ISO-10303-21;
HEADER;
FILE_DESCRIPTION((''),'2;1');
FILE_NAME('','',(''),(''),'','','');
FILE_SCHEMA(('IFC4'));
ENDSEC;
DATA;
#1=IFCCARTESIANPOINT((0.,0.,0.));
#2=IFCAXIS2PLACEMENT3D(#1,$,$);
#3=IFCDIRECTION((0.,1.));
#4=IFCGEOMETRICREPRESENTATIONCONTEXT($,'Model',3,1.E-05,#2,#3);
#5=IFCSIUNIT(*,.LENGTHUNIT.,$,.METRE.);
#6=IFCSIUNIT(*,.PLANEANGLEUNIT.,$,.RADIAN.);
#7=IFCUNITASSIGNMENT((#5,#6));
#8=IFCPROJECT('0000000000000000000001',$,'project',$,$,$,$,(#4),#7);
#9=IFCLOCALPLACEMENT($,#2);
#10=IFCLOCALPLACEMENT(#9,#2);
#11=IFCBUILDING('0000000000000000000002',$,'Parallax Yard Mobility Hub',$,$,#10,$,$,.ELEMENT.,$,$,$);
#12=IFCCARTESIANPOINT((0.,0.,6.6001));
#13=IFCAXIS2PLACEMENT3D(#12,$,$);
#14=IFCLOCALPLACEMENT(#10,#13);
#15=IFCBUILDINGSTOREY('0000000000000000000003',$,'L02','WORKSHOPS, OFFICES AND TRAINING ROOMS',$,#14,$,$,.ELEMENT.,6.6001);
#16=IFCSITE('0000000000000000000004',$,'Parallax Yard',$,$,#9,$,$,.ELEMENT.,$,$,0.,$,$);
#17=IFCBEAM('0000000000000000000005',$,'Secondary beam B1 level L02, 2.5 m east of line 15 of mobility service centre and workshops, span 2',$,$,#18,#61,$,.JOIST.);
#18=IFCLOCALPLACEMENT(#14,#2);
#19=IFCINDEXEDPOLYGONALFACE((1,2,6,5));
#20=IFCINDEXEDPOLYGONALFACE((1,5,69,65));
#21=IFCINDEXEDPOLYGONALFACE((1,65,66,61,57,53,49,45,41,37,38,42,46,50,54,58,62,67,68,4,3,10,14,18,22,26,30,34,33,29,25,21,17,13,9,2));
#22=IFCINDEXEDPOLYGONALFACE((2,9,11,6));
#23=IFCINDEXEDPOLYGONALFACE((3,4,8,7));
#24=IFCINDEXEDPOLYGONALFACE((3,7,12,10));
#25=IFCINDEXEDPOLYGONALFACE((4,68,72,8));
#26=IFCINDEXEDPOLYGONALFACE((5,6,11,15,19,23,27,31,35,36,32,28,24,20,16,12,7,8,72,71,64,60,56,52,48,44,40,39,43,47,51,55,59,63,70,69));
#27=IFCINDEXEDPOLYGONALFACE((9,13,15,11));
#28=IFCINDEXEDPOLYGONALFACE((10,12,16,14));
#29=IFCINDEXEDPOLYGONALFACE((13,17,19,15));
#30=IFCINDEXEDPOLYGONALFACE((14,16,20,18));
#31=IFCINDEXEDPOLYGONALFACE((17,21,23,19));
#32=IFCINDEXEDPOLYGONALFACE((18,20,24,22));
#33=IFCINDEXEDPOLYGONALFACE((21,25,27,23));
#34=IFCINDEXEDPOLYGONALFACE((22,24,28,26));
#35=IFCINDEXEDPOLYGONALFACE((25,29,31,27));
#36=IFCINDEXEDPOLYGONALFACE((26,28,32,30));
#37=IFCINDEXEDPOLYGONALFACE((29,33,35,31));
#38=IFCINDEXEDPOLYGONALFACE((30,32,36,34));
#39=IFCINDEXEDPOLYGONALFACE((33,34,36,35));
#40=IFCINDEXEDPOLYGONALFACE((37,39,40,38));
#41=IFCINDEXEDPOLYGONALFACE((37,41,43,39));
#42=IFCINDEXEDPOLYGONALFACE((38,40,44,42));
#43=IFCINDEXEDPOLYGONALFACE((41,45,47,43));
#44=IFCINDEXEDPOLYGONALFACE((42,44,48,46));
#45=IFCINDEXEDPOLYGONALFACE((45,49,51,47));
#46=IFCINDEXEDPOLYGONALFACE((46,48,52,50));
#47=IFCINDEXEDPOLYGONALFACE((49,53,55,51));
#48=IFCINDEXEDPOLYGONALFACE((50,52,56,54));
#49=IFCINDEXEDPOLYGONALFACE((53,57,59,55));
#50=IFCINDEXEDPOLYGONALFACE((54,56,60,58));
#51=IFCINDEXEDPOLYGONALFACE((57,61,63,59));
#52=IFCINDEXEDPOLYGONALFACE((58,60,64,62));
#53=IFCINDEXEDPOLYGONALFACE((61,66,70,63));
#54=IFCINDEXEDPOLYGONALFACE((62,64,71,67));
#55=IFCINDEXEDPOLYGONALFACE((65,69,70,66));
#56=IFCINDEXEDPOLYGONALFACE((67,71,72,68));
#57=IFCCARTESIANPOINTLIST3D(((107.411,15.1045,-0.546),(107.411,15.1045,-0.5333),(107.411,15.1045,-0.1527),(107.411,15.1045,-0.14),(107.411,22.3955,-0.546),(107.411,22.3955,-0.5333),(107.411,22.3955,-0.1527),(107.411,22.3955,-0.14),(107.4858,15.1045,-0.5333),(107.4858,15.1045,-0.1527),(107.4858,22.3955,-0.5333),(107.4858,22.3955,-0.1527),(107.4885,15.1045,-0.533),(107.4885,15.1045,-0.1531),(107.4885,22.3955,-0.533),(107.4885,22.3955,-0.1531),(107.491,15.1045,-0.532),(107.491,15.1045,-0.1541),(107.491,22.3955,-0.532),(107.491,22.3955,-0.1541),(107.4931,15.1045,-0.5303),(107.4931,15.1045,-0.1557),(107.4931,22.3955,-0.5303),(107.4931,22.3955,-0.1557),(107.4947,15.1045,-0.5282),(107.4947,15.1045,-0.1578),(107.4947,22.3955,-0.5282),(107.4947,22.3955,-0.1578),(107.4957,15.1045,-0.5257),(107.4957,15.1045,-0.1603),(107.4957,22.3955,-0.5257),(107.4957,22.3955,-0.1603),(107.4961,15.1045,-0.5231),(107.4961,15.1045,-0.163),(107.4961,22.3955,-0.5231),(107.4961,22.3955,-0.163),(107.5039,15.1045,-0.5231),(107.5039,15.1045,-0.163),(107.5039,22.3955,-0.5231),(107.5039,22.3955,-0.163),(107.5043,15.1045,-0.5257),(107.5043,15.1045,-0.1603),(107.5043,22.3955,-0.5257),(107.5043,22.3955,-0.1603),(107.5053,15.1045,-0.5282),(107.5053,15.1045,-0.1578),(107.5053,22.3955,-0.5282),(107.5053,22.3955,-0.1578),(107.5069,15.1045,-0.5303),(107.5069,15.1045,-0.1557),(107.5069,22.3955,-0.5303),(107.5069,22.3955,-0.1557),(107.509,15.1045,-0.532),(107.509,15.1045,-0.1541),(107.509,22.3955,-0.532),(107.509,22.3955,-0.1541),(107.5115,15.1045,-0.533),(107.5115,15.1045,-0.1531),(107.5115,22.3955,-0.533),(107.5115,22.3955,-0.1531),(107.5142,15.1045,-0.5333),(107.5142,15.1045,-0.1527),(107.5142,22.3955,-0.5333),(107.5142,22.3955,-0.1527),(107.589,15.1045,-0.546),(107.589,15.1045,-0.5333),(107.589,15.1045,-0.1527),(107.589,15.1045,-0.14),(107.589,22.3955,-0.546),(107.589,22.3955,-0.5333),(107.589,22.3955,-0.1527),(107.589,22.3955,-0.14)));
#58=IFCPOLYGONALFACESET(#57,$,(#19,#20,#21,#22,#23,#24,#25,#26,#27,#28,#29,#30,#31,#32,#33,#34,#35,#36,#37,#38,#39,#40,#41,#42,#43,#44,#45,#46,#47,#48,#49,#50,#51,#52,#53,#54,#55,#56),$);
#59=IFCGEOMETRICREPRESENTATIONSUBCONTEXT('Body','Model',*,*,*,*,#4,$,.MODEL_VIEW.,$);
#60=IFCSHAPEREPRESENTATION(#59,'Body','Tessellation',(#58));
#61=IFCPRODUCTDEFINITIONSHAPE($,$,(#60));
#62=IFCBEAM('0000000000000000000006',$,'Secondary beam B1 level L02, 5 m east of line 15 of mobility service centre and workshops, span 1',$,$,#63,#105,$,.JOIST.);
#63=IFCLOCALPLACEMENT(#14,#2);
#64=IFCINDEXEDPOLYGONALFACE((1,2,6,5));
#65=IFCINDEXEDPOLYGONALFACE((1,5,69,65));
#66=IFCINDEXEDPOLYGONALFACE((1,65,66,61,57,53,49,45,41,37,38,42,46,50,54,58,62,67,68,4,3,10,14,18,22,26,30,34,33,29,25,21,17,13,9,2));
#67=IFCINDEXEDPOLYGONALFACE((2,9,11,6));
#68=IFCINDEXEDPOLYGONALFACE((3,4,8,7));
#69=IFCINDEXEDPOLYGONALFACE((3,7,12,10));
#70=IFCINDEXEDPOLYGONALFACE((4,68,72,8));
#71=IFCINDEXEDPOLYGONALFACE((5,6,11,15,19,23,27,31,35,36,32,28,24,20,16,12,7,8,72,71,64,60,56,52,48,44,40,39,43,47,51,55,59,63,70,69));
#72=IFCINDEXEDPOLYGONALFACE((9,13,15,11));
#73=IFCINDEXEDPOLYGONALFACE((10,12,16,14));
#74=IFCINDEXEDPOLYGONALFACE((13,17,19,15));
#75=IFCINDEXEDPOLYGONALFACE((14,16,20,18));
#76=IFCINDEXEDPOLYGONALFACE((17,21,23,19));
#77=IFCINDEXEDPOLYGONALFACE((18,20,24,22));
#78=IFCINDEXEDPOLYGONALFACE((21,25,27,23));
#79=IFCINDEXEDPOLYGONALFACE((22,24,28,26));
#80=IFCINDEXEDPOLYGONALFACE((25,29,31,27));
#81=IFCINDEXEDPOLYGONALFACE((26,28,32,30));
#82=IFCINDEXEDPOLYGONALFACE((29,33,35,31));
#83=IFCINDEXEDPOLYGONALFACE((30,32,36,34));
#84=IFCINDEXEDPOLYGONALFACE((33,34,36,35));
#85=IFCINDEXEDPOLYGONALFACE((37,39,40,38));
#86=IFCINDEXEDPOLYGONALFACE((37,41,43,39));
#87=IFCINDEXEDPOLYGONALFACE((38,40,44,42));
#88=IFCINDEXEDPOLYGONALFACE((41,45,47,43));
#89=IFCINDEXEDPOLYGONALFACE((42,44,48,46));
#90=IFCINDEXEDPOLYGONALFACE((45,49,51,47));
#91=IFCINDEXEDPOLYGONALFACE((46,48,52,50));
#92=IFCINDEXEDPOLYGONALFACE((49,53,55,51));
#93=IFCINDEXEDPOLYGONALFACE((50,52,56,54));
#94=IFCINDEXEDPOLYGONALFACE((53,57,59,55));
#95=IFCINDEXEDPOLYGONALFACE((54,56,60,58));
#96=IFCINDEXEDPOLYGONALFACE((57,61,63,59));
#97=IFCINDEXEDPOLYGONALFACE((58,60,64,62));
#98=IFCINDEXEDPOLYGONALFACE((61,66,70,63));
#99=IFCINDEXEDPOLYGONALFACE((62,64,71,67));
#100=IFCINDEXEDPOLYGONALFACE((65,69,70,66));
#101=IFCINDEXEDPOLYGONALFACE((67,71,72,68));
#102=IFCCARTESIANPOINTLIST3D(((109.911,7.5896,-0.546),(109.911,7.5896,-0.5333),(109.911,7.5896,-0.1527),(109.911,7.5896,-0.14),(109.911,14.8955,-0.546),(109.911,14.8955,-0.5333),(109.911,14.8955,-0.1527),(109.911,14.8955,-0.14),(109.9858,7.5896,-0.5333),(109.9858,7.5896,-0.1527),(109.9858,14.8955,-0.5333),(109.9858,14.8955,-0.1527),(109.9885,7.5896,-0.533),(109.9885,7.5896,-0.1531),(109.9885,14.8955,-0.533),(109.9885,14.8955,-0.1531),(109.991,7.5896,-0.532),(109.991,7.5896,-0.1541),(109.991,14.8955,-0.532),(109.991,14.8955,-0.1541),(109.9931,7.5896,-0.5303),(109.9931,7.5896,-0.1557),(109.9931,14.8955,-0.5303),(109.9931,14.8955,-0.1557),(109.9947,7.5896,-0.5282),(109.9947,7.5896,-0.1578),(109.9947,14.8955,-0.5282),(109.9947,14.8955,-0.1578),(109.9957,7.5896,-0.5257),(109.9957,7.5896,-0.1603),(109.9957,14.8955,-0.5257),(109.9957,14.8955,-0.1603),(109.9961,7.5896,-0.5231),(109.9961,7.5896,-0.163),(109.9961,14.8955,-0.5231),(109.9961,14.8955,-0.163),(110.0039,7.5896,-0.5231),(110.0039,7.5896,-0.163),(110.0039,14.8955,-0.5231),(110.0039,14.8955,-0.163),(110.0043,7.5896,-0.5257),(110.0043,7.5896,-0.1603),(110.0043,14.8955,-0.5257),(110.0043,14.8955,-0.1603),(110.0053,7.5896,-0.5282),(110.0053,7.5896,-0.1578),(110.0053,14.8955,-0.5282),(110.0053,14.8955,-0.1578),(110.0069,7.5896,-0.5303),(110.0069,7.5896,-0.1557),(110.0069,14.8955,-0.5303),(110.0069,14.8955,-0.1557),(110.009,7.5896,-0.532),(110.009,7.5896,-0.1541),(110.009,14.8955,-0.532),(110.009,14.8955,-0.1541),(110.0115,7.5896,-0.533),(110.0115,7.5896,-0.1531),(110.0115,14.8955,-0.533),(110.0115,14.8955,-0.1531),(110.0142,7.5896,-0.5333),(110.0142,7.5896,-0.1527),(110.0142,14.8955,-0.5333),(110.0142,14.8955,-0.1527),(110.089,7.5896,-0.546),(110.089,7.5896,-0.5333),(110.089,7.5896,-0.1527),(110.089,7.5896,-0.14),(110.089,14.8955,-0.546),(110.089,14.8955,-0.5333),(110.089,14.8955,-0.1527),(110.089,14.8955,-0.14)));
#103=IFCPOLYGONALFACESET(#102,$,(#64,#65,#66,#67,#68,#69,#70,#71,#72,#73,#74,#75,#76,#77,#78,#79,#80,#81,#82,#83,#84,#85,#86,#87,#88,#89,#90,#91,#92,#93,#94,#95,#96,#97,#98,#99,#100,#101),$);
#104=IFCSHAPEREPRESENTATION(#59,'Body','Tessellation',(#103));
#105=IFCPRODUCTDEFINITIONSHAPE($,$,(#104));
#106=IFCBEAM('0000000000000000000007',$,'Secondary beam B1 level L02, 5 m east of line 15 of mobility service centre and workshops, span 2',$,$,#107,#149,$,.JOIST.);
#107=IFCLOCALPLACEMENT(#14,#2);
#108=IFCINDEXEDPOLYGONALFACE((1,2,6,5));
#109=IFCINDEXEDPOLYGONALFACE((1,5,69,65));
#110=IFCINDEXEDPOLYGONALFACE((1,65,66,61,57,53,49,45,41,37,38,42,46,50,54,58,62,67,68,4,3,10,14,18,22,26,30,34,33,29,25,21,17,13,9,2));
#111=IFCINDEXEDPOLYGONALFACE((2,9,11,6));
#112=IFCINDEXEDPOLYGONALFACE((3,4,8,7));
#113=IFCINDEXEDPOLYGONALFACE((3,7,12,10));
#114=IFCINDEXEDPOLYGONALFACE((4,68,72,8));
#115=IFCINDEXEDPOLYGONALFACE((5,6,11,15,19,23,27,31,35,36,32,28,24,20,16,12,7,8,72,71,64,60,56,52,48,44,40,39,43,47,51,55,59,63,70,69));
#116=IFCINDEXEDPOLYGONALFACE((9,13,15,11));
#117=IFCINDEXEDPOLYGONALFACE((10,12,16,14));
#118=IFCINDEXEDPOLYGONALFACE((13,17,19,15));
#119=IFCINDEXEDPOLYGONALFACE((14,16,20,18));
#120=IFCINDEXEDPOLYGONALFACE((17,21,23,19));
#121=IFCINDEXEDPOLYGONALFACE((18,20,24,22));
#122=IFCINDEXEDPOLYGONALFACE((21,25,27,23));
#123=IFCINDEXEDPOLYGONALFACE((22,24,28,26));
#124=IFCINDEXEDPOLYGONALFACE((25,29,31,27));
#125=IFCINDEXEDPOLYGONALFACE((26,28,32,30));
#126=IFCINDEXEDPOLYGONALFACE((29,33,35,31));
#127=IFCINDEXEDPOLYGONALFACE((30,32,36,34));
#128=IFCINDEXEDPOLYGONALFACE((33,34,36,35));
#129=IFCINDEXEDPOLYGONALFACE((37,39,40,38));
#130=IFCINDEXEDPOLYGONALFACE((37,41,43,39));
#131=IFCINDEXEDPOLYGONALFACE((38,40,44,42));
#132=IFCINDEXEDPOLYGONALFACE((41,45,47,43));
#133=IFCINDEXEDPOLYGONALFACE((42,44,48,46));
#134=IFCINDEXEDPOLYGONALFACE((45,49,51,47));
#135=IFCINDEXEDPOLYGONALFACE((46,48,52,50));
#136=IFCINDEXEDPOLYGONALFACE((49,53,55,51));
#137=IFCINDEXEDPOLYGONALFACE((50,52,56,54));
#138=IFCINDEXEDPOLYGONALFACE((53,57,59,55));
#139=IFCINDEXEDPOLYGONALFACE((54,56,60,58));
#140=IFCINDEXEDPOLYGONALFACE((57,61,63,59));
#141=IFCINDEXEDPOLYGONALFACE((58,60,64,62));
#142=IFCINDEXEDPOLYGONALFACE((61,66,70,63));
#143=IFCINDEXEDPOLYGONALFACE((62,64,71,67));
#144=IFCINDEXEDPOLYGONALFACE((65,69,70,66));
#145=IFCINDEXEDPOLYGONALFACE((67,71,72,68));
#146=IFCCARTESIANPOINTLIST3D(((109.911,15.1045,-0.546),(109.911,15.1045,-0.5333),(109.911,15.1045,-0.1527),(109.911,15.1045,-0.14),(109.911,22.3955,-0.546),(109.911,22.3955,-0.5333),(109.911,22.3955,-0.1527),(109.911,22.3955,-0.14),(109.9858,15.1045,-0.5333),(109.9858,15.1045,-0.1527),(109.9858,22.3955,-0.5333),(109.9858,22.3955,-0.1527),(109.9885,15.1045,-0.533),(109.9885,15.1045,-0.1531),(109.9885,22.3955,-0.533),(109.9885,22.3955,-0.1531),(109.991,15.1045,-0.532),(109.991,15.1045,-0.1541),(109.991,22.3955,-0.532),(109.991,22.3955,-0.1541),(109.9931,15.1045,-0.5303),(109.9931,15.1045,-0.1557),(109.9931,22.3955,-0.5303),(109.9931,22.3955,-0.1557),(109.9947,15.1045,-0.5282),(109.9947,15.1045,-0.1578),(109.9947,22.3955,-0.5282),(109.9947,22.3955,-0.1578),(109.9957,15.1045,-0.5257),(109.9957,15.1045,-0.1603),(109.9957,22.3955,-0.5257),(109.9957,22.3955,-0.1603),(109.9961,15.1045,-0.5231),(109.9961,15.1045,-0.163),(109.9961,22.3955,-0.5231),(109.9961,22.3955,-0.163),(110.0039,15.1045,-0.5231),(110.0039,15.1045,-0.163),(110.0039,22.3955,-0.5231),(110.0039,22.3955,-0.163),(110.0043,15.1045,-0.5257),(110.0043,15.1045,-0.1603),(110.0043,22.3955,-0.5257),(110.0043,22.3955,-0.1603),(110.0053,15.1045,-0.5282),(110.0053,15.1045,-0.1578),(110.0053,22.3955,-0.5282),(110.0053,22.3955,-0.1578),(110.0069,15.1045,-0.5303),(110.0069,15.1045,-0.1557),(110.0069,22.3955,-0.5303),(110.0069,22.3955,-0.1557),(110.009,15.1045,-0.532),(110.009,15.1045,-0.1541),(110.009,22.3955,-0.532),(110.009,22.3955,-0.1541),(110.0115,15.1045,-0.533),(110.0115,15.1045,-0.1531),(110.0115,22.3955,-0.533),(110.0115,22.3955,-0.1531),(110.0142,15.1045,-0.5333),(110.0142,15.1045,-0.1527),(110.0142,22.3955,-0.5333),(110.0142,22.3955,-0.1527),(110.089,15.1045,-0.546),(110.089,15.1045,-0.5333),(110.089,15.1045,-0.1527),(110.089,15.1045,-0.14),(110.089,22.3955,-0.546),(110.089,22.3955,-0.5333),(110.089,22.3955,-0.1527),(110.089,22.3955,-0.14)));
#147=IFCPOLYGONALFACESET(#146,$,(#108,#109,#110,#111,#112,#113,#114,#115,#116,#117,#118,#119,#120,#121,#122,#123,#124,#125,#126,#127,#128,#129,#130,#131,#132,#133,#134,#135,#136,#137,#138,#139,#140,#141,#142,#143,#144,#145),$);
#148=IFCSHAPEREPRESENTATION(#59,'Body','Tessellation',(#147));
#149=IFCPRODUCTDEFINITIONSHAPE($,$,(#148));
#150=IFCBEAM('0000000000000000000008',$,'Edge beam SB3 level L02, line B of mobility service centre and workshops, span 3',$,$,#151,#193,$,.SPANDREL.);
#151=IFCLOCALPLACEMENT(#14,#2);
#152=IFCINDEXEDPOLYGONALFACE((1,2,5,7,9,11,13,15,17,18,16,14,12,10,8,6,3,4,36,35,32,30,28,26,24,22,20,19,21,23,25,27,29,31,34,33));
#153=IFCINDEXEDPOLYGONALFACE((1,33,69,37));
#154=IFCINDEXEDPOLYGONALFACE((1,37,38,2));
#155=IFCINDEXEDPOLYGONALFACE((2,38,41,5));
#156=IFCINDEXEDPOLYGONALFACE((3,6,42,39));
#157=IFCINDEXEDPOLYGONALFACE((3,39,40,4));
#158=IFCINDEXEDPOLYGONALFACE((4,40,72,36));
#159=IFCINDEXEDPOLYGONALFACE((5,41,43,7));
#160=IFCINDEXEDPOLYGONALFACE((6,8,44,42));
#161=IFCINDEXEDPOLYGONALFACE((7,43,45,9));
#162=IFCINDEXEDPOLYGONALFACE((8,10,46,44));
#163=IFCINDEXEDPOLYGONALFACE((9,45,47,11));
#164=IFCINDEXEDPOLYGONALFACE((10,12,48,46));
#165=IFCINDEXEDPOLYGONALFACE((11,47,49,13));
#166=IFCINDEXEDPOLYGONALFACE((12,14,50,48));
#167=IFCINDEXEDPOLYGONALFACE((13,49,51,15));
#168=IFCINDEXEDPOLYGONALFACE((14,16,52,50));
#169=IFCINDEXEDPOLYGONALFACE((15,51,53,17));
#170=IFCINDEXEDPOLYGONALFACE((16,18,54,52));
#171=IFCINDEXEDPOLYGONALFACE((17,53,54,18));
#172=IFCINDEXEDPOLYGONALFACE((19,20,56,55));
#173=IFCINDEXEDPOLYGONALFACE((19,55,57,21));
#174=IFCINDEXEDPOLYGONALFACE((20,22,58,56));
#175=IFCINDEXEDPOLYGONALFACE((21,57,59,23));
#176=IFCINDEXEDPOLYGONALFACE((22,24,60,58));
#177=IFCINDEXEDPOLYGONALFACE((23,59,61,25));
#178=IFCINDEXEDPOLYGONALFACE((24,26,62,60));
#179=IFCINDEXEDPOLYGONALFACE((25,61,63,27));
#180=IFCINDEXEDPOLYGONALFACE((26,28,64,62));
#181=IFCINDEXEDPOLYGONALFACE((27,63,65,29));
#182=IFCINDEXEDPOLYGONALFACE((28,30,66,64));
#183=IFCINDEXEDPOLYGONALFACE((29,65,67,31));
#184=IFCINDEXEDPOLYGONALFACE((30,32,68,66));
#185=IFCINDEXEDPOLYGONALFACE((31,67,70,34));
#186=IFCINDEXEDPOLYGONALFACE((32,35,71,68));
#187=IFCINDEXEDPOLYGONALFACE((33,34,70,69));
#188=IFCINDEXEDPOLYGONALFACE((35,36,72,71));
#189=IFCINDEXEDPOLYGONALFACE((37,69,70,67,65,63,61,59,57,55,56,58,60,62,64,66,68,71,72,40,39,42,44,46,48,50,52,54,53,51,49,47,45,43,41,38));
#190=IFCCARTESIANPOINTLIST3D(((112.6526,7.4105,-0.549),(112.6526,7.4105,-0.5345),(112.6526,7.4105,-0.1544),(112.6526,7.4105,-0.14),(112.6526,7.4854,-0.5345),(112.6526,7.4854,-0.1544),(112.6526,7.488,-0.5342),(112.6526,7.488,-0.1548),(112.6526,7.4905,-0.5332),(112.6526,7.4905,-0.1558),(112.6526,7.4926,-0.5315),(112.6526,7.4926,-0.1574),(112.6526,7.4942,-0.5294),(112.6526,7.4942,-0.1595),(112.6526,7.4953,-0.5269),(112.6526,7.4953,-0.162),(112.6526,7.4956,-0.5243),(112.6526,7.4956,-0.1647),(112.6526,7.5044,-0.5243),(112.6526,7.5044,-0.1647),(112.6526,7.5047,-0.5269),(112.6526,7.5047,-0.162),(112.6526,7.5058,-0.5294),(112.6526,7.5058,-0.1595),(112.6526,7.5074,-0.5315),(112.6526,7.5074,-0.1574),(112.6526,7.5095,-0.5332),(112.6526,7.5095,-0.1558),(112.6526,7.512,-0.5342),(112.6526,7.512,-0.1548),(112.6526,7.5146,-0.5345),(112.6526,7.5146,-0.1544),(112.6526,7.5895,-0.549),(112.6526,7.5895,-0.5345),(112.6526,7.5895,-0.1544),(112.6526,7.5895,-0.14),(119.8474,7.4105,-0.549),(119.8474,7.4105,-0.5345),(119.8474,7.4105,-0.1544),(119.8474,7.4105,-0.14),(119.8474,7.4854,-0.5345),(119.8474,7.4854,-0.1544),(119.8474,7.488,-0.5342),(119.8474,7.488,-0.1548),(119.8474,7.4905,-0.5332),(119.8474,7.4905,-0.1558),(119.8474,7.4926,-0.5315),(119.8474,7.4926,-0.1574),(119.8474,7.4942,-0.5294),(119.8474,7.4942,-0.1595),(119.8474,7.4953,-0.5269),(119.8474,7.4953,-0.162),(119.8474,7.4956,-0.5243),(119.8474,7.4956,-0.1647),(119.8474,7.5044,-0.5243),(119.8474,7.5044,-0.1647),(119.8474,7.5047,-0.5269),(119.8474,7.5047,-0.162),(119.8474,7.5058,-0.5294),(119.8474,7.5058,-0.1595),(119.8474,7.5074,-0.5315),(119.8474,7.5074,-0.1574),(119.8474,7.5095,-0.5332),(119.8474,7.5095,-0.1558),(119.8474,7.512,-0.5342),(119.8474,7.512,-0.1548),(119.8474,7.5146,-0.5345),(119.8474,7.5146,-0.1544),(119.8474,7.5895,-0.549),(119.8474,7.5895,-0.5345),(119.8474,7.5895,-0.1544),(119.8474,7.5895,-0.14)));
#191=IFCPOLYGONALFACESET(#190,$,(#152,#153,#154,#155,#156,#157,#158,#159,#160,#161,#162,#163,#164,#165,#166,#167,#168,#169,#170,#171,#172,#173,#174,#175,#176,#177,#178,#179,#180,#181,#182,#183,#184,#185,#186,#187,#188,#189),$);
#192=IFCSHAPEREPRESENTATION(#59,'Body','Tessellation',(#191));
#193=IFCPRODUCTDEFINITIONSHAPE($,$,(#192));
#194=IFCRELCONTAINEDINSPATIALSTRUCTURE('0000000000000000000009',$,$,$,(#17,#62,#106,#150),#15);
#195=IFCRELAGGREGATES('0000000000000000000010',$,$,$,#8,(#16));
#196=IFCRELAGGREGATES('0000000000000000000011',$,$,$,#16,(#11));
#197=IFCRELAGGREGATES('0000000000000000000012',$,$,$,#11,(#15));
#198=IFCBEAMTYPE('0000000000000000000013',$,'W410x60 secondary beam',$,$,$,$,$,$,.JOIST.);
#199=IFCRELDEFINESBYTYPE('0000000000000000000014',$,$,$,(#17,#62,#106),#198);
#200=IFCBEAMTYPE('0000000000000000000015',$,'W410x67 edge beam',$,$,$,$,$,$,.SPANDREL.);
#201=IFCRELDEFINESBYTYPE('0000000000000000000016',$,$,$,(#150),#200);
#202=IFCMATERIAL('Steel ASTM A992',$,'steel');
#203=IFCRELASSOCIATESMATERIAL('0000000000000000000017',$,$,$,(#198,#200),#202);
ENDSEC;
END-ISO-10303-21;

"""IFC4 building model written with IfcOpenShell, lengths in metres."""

from ifc_helpers import new_model, si_unit, direction, frame, origin, origin_2d, place, context, subcontext, project, spatial, i_section, extrude, material, material_profile, profile_set, type_object, element, save


model = new_model("IFC4")

# Units and contexts
model_context = context("Model", 3, precision=1e-05, world=origin(), true_north=direction((0.0, 1.0)))
body_context = subcontext(model_context, "Body", "Model", "MODEL_VIEW")
ifc_project = project(units=[si_unit("LENGTHUNIT", "METRE"), si_unit("PLANEANGLEUNIT", "RADIAN")], contexts=[model_context])

# Site, building, storey
site_placement = place(None, origin())
site = spatial("IfcSite", under=ifc_project, at=site_placement, Name="Parallax Yard", CompositionType="ELEMENT", RefElevation=0.0)
building_placement = place(site_placement, origin())
building = spatial("IfcBuilding", under=site, at=building_placement, Name="Parallax Yard Mobility Hub", CompositionType="ELEMENT")
storey_placement = place(building_placement, frame((0.0, 0.0, 6.6001)))
storey = spatial("IfcBuildingStorey", under=building, at=storey_placement, Name="L02", Description="WORKSHOPS, OFFICES AND TRAINING ROOMS", CompositionType="ELEMENT", Elevation=6.6001)

# Shared definitions
ifc_material_1 = material(Name="Steel ASTM A992", Category="steel")

# Beams
ifc_material_profile_1 = material_profile(ifc_material_1, i_section(OverallWidth=0.178, OverallDepth=0.406, WebThickness=0.0078, FlangeThickness=0.0127, FilletRadius=0.0103, at=origin_2d()), Name="W410x60")
ifc_profile_set_1 = profile_set([ifc_material_profile_1], Name="Steel ASTM A992")
beam_type_1 = type_object("IfcBeamType", Name="W410x60 secondary beam", PredefinedType="JOIST", material=ifc_profile_set_1)
beam_1_placement = place(storey_placement, frame((107.5, 15.1045, -0.343), z_axis=(0.0, 1.0, 0.0), x_axis=(-1.0, 0.0, 0.0)))
element("IfcBeam", 1, at=beam_1_placement, inside=storey, type_object=beam_type_1, Name="Secondary beam B1 level L02, 2.5 m east of line 15 of mobility service centre and workshops, span 2", PredefinedType="JOIST", context=body_context, shape_type="SweptSolid", body=[
    extrude(i_section(OverallWidth=0.178, OverallDepth=0.406, WebThickness=0.0078, FlangeThickness=0.0127, FilletRadius=0.0103, at=origin_2d()), origin(), (0.0, 0.0, 1.0), 7.291),
])
beam_2_placement = place(storey_placement, frame((110.0, 7.5896, -0.343), z_axis=(0.0, 1.0, 0.0), x_axis=(-1.0, 0.0, 0.0)))
element("IfcBeam", 2, at=beam_2_placement, inside=storey, type_object=beam_type_1, Name="Secondary beam B1 level L02, 5 m east of line 15 of mobility service centre and workshops, span 1", PredefinedType="JOIST", context=body_context, shape_type="SweptSolid", body=[
    extrude(i_section(OverallWidth=0.178, OverallDepth=0.406, WebThickness=0.0078, FlangeThickness=0.0127, FilletRadius=0.0103, at=origin_2d()), origin(), (0.0, 0.0, 1.0), 7.3059),
])
beam_3_placement = place(storey_placement, frame((110.0, 15.1045, -0.343), z_axis=(0.0, 1.0, 0.0), x_axis=(-1.0, 0.0, 0.0)))
element("IfcBeam", 3, at=beam_3_placement, inside=storey, type_object=beam_type_1, Name="Secondary beam B1 level L02, 5 m east of line 15 of mobility service centre and workshops, span 2", PredefinedType="JOIST", context=body_context, shape_type="SweptSolid", body=[
    extrude(i_section(OverallWidth=0.178, OverallDepth=0.406, WebThickness=0.0078, FlangeThickness=0.0127, FilletRadius=0.0103, at=origin_2d()), origin(), (0.0, 0.0, 1.0), 7.291),
])
ifc_material_profile_2 = material_profile(ifc_material_1, i_section(OverallWidth=0.179, OverallDepth=0.4089, WebThickness=0.0088, FlangeThickness=0.0144, FilletRadius=0.0103, at=origin_2d()), Name="W410x67")
ifc_profile_set_2 = profile_set([ifc_material_profile_2], Name="Steel ASTM A992")
beam_type_2 = type_object("IfcBeamType", Name="W410x67 edge beam", PredefinedType="SPANDREL", material=ifc_profile_set_2)
beam_4_placement = place(storey_placement, frame((112.6526, 7.5, -0.3445), z_axis=(1.0, 0.0, 0.0), x_axis=(0.0, 1.0, 0.0)))
element("IfcBeam", 4, at=beam_4_placement, inside=storey, type_object=beam_type_2, Name="Edge beam SB3 level L02, line B of mobility service centre and workshops, span 3", PredefinedType="SPANDREL", context=body_context, shape_type="SweptSolid", body=[
    extrude(i_section(OverallWidth=0.179, OverallDepth=0.4089, WebThickness=0.0088, FlangeThickness=0.0144, FilletRadius=0.0103, at=origin_2d()), origin(), (0.0, 0.0, 1.0), 7.1948),
])

save(model, "model.ifc")
